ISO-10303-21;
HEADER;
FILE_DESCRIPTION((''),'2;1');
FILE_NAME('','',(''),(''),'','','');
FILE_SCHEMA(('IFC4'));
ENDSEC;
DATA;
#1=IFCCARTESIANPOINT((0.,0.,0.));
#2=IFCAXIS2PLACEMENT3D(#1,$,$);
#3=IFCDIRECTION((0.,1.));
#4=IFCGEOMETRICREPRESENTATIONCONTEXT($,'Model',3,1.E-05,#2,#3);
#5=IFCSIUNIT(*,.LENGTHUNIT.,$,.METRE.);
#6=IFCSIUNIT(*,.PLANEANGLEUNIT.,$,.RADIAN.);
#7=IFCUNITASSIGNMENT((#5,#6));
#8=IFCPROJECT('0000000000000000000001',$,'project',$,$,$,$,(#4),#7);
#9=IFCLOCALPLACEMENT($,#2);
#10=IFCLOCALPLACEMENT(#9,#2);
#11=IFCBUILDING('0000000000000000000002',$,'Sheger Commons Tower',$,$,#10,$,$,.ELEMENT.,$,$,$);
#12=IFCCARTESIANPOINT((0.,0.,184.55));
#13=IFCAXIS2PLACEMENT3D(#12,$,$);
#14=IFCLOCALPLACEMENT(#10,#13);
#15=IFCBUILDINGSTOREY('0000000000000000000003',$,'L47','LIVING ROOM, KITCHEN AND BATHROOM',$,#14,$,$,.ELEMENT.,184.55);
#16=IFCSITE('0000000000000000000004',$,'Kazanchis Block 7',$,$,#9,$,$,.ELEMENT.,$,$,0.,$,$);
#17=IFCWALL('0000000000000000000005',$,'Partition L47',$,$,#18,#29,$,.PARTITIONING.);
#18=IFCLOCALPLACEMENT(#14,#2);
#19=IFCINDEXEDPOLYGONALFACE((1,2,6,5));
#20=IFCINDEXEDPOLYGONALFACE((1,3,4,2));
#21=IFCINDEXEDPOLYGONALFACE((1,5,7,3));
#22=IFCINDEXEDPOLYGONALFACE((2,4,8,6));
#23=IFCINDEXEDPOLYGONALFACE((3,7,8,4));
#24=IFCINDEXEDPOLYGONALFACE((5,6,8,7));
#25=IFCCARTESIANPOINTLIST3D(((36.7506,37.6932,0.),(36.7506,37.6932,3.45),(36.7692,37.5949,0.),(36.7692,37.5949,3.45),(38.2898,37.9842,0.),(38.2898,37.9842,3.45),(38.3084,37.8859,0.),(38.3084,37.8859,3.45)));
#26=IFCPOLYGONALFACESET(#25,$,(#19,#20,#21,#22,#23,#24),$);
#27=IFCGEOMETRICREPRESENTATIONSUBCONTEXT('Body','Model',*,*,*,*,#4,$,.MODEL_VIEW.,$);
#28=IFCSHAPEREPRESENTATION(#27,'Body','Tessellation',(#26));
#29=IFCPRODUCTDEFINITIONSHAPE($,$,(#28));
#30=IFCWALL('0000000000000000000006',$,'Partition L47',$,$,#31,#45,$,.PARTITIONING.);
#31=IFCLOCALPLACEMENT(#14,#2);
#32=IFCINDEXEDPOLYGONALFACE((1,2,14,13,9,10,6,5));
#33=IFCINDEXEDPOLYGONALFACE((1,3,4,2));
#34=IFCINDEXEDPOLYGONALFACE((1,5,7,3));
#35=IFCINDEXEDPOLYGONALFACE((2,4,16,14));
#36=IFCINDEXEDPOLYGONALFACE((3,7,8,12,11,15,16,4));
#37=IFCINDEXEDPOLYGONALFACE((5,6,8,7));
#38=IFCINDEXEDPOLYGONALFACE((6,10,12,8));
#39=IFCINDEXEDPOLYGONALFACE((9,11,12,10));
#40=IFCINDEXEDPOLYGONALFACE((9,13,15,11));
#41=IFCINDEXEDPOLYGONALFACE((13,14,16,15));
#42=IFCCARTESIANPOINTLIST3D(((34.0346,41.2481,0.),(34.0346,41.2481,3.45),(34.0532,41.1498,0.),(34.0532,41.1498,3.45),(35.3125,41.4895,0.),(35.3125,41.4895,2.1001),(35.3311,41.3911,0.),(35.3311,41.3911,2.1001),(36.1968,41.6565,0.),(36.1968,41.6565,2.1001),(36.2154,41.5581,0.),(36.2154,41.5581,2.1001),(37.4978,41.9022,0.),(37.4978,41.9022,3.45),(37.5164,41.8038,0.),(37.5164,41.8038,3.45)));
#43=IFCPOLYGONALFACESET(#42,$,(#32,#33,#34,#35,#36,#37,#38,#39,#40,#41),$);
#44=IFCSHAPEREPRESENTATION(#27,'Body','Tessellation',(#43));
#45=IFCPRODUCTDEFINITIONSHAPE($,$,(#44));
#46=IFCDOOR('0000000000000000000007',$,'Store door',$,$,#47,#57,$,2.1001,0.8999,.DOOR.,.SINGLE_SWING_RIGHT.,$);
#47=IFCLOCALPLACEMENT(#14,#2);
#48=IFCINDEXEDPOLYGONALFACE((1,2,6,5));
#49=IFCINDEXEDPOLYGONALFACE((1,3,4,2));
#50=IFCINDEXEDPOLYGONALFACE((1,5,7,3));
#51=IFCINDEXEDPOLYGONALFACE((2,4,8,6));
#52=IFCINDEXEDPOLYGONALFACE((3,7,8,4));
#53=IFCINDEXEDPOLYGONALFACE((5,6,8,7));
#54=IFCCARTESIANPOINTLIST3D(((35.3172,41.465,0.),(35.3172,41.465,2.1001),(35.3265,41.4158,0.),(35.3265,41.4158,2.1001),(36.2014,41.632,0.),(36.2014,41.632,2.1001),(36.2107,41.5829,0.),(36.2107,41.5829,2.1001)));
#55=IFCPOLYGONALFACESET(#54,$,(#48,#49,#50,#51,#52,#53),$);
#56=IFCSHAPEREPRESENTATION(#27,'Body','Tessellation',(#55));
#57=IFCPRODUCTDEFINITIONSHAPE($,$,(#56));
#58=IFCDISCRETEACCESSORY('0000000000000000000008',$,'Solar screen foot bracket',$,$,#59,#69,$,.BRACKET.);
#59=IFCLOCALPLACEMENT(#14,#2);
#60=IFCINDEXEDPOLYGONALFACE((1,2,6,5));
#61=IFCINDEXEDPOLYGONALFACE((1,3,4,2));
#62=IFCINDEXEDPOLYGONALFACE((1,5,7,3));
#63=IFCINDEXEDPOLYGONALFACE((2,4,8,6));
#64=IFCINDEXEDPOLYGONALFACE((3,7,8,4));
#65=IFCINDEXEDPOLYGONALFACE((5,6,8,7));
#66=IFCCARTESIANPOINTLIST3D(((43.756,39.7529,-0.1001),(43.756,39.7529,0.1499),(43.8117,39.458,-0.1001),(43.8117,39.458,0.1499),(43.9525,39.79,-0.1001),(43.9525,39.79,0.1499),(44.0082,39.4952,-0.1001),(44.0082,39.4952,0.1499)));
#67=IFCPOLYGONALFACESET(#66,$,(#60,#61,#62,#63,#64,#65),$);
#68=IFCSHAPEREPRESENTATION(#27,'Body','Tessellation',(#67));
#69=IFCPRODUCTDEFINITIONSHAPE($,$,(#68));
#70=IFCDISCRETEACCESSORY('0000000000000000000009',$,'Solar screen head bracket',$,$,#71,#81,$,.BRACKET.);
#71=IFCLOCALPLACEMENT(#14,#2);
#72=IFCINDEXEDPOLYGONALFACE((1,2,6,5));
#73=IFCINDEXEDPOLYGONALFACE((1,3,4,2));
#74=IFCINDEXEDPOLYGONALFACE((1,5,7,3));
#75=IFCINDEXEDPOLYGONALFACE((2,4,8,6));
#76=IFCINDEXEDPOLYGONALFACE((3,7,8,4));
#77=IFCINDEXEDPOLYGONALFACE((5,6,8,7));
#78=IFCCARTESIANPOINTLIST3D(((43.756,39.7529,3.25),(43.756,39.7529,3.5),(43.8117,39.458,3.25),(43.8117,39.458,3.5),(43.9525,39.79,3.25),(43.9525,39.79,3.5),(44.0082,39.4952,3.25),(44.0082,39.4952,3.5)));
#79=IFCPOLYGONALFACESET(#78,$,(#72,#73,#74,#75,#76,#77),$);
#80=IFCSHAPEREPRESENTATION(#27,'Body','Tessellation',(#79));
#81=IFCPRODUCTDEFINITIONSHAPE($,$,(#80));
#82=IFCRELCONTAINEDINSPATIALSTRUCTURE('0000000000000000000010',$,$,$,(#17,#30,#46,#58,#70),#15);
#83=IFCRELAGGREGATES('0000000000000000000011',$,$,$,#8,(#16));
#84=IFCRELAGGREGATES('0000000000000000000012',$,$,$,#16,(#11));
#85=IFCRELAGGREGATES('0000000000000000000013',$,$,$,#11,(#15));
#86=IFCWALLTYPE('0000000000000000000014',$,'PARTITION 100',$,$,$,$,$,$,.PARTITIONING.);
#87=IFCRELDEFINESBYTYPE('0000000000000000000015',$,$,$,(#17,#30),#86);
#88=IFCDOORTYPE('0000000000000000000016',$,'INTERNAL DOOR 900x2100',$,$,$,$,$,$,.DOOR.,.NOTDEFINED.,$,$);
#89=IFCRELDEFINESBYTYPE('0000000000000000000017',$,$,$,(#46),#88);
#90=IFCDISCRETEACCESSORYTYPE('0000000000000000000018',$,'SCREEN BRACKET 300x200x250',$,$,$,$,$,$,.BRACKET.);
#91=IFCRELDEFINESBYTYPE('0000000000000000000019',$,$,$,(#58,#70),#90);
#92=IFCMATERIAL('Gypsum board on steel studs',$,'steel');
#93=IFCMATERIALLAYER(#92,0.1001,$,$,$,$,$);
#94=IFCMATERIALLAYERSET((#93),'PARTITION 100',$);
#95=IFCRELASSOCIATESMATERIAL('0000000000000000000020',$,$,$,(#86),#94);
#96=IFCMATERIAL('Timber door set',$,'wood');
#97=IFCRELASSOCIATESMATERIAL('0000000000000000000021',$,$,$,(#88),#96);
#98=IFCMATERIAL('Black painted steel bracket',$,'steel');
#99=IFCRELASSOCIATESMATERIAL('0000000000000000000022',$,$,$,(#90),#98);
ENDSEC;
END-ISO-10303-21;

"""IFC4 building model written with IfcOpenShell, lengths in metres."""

from ifc_helpers import new_model, si_unit, direction, frame, frame_2d, origin, origin_2d, place, context, subcontext, project, spatial, rectangle, extrude, material, layer, layer_set, type_object, element, fill, save


model = new_model("IFC4")

# Units and contexts
model_context = context("Model", 3, precision=1e-05, world=origin(), true_north=direction((0.0, 1.0)))
body_context = subcontext(model_context, "Body", "Model", "MODEL_VIEW")
ifc_project = project(units=[si_unit("LENGTHUNIT", "METRE"), si_unit("PLANEANGLEUNIT", "RADIAN")], contexts=[model_context])

# Site, building, storey
site_placement = place(None, origin())
site = spatial("IfcSite", under=ifc_project, at=site_placement, Name="Kazanchis Block 7", CompositionType="ELEMENT", RefElevation=0.0)
building_placement = place(site_placement, origin())
building = spatial("IfcBuilding", under=site, at=building_placement, Name="Sheger Commons Tower", CompositionType="ELEMENT")
storey_placement = place(building_placement, frame((0.0, 0.0, 184.55)))
storey = spatial("IfcBuildingStorey", under=building, at=storey_placement, Name="L47", Description="LIVING ROOM, KITCHEN AND BATHROOM", CompositionType="ELEMENT", Elevation=184.55)

# Shared definitions
ifc_material_1 = material(Name="Gypsum board on steel studs", Category="steel")
ifc_layer_1 = layer(ifc_material_1, 0.1001)
ifc_layer_set_1 = layer_set([ifc_layer_1], Name="PARTITION 100")
wall_type = type_object("IfcWallType", Name="PARTITION 100", PredefinedType="PARTITIONING", material=ifc_layer_set_1)

# Shared definitions
ifc_material_2 = material(Name="Timber door set", Category="wood")
door_type = type_object("IfcDoorType", Name="INTERNAL DOOR 900x2100", OperationType="NOTDEFINED", PredefinedType="DOOR", material=ifc_material_2)

# Wall
wall_1_placement = place(storey_placement, frame((38.2991, 37.9351, 0.0), z_axis=(0.0, 0.0, 1.0), x_axis=(-0.982589, -0.185794, 0.0)))
element("IfcWall", 1, at=wall_1_placement, inside=storey, type_object=wall_type, Name="Partition L47", PredefinedType="PARTITIONING", context=body_context, shape_type="SweptSolid", body=[
    extrude(rectangle(XDim=1.5664, YDim=0.1001, at=frame_2d((0.7832, 0.0))), origin(), (0.0, 0.0, 1.0), 3.45),
])

# Wall, opening, door
wall_2_placement = place(storey_placement, frame((37.5071, 41.853, 0.0), z_axis=(0.0, 0.0, 1.0), x_axis=(-0.982629, -0.185581, 0.0)))
wall_2 = element("IfcWall", 2, at=wall_2_placement, inside=storey, type_object=wall_type, Name="Partition L47", PredefinedType="PARTITIONING", context=body_context, shape_type="SweptSolid", body=[
    extrude(rectangle(XDim=3.5244, YDim=0.1001, at=frame_2d((1.7622, 0.0))), origin(), (0.0, 0.0, 1.0), 3.45),
])
opening_1_placement = place(wall_2_placement, frame((1.324, 0.0, 0.0)))
opening_1 = element("IfcOpeningElement", 3, at=opening_1_placement, cuts=wall_2, PredefinedType="OPENING", context=body_context, shape_type="SweptSolid", body=[
    extrude(rectangle(XDim=0.8999, YDim=2.1001, at=frame_2d((0.45, 1.05))), frame((0.0, 0.0601, 0.0), z_axis=(0.0, -1.0, 0.0), x_axis=(1.0, 0.0, 0.0)), (0.0, 0.0, 1.0), 0.1201),
])
door_1_placement = place(opening_1_placement, origin())
door_1 = element("IfcDoor", 4, at=door_1_placement, inside=storey, type_object=door_type, Name="Store door", OperationType="SINGLE_SWING_RIGHT", OverallHeight=2.1001, OverallWidth=0.8999, PredefinedType="DOOR", context=body_context, shape_type="SweptSolid", body=[
    extrude(rectangle(XDim=0.8999, YDim=2.1001, at=frame_2d((0.45, 1.05))), frame((0.0, 0.0249, 0.0), z_axis=(0.0, -1.0, 0.0), x_axis=(1.0, 0.0, 0.0)), (0.0, 0.0, 1.0), 0.05),
])
fill(opening_1, door_1)

# Discrete accessories
ifc_material_3 = material(Name="Black painted steel bracket", Category="steel")
discrete_accessory_type = type_object("IfcDiscreteAccessoryType", Name="SCREEN BRACKET 300x200x250", PredefinedType="BRACKET", material=ifc_material_3)
for number, where, z_axis, x_axis, name in (
    (5, (43.8821, 39.624, -0.1001), (0.0, 0.0, 1.0), (-0.185615, 0.982623, 0.0), "Solar screen foot bracket"),
    (6, (43.8821, 39.624, 3.25), (0.0, 0.0, 1.0), (-0.185615, 0.982623, 0.0), "Solar screen head bracket"),
):
    element("IfcDiscreteAccessory", number, at=place(storey_placement, frame(where, z_axis=z_axis, x_axis=x_axis)), inside=storey, type_object=discrete_accessory_type, Name=name, PredefinedType="BRACKET", context=body_context, shape_type="SweptSolid", body=[
        extrude(rectangle(XDim=0.3, YDim=0.2, at=origin_2d()), origin(), (0.0, 0.0, 1.0), 0.25),
    ])

save(model, "model.ifc")
